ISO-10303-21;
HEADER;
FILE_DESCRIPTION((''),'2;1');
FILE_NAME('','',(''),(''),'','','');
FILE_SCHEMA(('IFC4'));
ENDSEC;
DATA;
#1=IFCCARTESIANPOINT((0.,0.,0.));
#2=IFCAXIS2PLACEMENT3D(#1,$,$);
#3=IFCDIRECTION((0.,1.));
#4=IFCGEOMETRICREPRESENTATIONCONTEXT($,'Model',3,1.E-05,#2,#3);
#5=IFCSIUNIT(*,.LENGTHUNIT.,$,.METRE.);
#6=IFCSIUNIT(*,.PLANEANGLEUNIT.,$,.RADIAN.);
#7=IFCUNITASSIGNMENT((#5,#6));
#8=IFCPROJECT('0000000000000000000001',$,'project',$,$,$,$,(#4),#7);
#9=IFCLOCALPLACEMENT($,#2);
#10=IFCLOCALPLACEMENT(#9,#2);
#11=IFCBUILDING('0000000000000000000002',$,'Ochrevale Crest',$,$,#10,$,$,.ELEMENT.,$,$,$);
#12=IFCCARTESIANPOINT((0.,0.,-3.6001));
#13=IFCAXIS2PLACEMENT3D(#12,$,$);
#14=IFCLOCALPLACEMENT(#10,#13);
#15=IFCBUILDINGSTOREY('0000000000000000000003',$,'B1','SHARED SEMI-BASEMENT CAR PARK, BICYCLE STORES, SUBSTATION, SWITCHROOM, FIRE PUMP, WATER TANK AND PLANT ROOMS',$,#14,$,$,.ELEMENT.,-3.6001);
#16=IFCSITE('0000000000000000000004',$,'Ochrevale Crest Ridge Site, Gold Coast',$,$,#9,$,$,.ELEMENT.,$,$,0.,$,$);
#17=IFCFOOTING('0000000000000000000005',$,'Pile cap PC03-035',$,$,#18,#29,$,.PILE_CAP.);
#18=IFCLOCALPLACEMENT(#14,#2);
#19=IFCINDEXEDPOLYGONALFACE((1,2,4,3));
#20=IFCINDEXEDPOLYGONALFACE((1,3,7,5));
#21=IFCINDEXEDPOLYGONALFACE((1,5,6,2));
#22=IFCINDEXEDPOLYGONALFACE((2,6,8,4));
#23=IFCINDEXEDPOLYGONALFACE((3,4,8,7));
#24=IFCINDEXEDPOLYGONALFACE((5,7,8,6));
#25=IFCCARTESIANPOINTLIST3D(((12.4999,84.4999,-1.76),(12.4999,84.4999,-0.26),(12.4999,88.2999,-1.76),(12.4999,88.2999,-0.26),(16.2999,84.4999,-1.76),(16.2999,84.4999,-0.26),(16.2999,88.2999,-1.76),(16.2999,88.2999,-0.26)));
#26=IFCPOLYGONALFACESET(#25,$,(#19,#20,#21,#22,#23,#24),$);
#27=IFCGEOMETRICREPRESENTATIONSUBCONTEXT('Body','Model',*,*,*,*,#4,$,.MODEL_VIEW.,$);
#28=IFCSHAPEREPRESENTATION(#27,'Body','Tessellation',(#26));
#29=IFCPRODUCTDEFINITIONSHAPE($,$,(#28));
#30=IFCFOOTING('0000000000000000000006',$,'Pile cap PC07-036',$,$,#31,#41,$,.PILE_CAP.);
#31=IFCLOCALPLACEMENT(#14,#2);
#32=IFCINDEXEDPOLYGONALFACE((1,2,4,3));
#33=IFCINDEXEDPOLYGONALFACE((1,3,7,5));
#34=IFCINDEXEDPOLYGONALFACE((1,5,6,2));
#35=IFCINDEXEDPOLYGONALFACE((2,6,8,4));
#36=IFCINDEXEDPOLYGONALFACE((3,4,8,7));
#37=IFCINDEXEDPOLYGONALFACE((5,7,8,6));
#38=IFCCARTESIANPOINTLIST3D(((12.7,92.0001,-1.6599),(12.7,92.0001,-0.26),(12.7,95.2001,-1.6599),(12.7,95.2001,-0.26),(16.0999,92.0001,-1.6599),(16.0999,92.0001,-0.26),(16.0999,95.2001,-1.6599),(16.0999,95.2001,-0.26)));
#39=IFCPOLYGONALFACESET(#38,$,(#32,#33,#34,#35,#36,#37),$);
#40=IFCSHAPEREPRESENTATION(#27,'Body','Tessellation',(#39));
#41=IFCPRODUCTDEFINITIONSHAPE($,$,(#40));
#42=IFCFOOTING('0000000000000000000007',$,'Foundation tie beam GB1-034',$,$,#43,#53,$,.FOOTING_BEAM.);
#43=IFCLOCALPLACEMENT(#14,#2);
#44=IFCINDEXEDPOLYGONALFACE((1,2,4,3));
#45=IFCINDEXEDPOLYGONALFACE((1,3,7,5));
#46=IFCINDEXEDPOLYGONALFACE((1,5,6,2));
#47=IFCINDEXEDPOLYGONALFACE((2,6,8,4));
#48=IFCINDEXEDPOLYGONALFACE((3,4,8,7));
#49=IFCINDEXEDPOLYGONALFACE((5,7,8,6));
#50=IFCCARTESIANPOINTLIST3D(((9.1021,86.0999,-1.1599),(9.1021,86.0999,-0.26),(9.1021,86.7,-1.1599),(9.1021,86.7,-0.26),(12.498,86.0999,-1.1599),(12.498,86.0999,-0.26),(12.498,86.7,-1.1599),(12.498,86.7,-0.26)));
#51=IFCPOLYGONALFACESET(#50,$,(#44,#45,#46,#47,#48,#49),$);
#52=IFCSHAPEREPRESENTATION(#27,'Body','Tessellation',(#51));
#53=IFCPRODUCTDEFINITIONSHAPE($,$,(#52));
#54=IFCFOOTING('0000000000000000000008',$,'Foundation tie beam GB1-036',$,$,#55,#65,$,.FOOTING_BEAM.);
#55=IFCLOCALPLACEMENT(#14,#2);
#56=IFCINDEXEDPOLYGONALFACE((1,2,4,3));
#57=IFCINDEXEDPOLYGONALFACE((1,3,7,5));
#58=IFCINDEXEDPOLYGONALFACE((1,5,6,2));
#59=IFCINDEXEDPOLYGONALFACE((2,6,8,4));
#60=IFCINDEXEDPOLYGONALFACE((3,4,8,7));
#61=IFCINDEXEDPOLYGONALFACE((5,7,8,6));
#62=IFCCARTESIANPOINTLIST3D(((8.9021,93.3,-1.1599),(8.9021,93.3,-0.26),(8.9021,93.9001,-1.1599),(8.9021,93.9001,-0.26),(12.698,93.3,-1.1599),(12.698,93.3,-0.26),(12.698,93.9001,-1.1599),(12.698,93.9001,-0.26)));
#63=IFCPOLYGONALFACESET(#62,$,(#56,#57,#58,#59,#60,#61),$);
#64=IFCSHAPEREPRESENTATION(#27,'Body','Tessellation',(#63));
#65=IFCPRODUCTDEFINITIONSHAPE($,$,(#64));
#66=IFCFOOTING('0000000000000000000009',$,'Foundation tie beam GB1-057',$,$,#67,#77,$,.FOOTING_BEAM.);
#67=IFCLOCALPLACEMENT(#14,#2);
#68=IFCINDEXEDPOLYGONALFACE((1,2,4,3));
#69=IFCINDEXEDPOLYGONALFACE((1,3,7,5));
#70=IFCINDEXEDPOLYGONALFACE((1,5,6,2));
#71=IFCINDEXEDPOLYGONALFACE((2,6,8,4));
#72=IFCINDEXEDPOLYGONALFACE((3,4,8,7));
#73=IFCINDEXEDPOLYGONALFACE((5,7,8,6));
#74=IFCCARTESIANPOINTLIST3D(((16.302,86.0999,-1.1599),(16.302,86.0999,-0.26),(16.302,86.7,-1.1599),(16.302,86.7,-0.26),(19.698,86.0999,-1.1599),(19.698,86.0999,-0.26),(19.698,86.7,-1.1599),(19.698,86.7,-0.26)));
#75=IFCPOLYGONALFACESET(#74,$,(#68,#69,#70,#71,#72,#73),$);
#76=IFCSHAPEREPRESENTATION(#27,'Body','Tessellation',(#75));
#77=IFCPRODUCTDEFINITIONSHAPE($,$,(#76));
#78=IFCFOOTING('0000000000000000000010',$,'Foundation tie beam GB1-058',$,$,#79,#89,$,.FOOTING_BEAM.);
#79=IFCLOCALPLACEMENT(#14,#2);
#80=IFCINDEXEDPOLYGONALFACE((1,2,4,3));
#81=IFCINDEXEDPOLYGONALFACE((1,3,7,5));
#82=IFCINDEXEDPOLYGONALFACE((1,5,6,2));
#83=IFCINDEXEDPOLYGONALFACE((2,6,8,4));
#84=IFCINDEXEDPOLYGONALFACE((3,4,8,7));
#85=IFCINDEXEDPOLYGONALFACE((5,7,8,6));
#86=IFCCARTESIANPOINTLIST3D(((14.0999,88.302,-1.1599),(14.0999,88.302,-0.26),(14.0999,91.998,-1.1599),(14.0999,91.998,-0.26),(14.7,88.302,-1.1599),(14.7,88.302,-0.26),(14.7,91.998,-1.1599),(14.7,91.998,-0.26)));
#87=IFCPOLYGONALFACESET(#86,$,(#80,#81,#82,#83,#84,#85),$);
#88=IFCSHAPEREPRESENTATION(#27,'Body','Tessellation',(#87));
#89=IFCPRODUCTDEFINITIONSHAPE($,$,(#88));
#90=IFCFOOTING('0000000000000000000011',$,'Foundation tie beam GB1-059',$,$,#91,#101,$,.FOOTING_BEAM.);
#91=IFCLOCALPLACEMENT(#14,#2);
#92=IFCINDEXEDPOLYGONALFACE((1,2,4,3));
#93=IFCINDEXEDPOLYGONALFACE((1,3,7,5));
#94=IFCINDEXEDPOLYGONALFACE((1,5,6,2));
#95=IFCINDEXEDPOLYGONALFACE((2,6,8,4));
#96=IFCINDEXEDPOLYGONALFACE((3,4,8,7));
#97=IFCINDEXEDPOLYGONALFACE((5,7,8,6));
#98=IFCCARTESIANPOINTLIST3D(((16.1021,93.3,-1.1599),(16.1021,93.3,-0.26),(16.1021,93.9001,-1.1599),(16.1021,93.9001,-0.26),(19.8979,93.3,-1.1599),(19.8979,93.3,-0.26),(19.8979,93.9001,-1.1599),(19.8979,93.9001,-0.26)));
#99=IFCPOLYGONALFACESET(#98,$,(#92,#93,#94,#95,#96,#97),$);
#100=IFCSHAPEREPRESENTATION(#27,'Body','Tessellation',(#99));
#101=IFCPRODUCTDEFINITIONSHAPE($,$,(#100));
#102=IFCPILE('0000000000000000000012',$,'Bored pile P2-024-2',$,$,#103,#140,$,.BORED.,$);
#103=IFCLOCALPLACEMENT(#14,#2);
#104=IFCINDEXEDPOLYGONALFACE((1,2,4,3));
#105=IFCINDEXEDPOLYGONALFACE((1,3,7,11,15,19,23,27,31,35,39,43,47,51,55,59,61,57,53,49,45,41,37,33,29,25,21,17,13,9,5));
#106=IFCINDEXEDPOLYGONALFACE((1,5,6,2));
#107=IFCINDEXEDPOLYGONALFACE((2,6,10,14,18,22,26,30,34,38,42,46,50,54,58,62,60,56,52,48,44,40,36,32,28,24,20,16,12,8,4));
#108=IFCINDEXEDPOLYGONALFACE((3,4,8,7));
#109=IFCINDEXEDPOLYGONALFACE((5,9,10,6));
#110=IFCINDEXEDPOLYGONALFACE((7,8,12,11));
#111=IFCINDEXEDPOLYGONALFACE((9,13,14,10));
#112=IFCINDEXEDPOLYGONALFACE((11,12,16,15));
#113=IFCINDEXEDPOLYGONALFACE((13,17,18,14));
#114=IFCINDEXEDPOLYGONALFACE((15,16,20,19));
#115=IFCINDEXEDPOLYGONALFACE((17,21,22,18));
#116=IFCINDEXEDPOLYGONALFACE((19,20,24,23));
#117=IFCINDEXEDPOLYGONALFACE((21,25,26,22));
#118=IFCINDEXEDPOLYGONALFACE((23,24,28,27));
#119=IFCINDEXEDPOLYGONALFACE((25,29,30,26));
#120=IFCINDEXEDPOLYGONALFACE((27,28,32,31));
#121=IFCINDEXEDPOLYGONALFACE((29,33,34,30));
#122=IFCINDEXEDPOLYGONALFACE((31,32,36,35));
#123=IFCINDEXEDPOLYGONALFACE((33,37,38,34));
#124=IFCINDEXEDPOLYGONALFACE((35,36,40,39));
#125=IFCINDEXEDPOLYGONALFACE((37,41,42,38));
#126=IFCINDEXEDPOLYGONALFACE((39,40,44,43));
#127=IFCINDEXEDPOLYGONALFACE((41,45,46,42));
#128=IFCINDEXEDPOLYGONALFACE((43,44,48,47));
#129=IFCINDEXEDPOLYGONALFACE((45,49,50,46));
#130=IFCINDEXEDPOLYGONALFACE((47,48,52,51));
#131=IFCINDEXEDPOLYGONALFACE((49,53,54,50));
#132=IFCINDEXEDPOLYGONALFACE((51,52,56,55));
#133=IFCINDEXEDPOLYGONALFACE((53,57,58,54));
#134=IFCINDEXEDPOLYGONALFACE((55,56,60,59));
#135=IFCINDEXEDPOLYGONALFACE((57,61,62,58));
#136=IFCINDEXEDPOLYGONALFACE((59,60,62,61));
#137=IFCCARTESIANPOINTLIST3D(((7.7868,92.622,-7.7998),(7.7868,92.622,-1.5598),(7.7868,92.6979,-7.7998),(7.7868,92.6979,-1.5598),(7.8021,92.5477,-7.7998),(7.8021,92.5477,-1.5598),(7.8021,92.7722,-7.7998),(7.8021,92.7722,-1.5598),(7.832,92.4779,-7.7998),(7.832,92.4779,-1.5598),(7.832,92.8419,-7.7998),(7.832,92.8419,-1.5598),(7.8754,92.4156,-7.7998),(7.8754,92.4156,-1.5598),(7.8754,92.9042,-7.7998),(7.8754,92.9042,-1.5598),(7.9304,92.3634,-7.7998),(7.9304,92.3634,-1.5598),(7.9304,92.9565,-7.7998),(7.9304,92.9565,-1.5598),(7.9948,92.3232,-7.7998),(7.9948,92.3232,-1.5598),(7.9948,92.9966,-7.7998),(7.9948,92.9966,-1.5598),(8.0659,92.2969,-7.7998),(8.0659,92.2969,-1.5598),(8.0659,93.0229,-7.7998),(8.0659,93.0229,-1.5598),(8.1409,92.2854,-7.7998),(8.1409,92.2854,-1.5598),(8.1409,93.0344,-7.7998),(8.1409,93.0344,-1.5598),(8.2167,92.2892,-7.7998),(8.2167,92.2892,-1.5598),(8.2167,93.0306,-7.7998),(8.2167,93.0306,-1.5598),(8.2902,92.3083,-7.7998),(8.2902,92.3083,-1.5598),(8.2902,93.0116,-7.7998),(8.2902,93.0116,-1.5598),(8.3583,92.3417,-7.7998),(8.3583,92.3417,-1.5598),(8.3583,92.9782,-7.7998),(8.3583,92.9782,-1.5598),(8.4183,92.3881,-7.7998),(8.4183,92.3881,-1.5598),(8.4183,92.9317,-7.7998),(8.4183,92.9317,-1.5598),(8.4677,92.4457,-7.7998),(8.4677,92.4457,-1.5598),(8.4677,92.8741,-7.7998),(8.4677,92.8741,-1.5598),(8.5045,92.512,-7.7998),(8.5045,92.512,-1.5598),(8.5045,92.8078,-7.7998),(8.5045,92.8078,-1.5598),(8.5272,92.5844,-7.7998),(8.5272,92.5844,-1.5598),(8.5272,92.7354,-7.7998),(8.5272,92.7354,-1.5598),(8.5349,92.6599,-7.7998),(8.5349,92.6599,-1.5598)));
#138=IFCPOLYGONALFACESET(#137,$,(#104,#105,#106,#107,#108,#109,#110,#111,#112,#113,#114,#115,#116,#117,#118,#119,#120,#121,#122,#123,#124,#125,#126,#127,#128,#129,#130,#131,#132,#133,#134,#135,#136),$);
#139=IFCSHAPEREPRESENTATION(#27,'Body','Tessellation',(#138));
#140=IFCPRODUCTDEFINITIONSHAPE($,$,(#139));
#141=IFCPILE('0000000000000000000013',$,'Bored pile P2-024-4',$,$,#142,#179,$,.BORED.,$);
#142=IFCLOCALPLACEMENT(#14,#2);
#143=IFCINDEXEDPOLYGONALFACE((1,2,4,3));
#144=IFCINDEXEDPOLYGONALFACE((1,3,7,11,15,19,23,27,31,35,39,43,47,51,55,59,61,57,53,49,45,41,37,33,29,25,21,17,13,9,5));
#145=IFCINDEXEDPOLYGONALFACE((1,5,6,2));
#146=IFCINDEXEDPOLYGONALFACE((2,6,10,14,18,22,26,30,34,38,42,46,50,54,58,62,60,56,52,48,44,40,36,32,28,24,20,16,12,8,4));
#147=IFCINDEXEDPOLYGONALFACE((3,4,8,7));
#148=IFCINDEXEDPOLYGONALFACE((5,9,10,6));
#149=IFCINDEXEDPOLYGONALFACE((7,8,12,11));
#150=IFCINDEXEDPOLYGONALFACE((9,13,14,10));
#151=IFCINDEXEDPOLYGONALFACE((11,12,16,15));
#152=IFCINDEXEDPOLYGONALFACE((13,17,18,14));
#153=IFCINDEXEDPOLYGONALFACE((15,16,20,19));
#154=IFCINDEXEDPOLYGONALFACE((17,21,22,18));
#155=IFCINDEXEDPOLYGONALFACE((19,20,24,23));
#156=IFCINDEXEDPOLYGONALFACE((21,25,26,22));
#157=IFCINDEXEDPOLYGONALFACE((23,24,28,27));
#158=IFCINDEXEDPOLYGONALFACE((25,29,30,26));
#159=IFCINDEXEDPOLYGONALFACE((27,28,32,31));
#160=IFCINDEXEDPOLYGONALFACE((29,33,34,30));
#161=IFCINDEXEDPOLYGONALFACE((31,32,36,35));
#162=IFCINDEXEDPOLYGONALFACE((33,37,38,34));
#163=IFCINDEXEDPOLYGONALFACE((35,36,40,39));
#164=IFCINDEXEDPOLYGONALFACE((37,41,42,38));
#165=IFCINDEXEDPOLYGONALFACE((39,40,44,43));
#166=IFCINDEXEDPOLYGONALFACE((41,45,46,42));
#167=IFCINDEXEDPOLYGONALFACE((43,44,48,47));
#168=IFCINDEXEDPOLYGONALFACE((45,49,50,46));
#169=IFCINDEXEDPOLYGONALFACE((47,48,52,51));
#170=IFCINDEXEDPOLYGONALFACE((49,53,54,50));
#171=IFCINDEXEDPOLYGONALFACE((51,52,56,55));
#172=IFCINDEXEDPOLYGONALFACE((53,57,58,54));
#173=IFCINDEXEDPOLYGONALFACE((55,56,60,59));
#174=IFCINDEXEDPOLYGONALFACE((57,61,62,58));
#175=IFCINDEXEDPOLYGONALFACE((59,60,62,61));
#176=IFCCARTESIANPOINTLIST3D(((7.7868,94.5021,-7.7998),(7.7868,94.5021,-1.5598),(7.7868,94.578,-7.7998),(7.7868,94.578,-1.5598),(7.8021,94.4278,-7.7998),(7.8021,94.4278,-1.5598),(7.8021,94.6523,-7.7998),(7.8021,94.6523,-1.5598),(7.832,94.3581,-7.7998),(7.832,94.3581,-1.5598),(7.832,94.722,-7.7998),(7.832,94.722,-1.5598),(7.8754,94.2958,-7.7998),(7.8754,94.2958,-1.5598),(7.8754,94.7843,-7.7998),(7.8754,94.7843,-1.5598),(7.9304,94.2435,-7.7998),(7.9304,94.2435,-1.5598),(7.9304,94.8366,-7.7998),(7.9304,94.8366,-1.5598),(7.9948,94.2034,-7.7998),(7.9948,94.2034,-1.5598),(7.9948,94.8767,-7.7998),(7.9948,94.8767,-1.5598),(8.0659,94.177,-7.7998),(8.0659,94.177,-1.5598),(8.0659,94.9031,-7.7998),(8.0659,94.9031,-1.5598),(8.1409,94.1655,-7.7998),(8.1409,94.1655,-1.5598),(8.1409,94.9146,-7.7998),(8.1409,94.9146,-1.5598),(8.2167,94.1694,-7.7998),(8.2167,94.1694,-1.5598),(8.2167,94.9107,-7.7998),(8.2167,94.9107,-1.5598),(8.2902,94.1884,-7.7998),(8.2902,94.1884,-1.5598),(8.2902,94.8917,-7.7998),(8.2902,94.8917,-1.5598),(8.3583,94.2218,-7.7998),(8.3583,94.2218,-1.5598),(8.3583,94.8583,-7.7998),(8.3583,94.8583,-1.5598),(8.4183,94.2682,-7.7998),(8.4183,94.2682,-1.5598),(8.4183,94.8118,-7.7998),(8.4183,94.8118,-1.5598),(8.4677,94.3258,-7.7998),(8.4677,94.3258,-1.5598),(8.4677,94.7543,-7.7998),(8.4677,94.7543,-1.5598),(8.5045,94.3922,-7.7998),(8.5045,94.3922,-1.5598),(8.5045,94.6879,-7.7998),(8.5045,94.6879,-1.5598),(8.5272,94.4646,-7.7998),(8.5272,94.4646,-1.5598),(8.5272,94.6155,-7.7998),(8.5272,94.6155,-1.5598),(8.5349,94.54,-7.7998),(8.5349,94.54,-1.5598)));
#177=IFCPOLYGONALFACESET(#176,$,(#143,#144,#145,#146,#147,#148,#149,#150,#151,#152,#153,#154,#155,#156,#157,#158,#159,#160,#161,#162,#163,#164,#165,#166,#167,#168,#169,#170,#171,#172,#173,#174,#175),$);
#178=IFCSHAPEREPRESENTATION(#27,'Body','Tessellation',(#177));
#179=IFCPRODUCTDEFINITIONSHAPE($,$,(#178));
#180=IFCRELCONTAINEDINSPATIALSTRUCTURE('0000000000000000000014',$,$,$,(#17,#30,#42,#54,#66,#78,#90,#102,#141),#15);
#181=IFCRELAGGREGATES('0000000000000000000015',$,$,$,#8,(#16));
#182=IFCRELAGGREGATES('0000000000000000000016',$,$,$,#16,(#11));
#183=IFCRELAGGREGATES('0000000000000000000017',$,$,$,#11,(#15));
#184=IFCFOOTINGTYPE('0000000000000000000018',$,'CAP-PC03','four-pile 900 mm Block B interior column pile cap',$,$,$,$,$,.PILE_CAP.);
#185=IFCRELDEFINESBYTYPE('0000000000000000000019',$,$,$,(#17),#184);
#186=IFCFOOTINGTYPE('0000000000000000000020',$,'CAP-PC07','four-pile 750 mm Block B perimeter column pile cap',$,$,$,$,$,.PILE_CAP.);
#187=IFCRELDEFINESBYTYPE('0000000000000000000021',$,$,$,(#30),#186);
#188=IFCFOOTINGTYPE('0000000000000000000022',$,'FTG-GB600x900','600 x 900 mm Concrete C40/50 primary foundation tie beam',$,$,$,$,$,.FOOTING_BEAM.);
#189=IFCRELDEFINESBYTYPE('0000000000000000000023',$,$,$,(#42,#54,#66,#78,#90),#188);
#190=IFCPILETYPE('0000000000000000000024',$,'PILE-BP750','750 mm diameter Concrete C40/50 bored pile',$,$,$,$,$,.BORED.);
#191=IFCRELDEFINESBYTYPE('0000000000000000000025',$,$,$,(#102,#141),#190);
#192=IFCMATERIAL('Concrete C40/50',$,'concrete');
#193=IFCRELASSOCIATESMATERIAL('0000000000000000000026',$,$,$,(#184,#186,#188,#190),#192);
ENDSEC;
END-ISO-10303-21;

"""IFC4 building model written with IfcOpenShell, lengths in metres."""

from ifc_helpers import new_model, si_unit, direction, frame, origin, origin_2d, place, context, subcontext, project, spatial, rectangle, circle, extrude, material, material_profile, profile_set, type_object, element, save


model = new_model("IFC4")

# Units and contexts
model_context = context("Model", 3, precision=1e-05, world=origin(), true_north=direction((0.0, 1.0)))
body_context = subcontext(model_context, "Body", "Model", "MODEL_VIEW")
ifc_project = project(units=[si_unit("LENGTHUNIT", "METRE"), si_unit("PLANEANGLEUNIT", "RADIAN")], contexts=[model_context])

# Site, building, storey
site_placement = place(None, origin())
site = spatial("IfcSite", under=ifc_project, at=site_placement, Name="Ochrevale Crest Ridge Site, Gold Coast", CompositionType="ELEMENT", RefElevation=0.0)
building_placement = place(site_placement, origin())
building = spatial("IfcBuilding", under=site, at=building_placement, Name="Ochrevale Crest", CompositionType="ELEMENT")
storey_placement = place(building_placement, frame((0.0, 0.0, -3.6001)))
storey = spatial("IfcBuildingStorey", under=building, at=storey_placement, Name="B1", Description="SHARED SEMI-BASEMENT CAR PARK, BICYCLE STORES, SUBSTATION, SWITCHROOM, FIRE PUMP, WATER TANK AND PLANT ROOMS", CompositionType="ELEMENT", Elevation=-3.6001)

# Footings
ifc_material_1 = material(Name="Concrete C40/50", Category="concrete")
footing_type_1 = type_object("IfcFootingType", Name="CAP-PC03", Description="four-pile 900 mm Block B interior column pile cap", PredefinedType="PILE_CAP", material=ifc_material_1)
footing_1_placement = place(storey_placement, frame((14.3999, 86.3999, -1.76), z_axis=(0.0, 0.0, 1.0), x_axis=(1.0, 0.0, 0.0)))
element("IfcFooting", 1, at=footing_1_placement, inside=storey, type_object=footing_type_1, Name="Pile cap PC03-035", PredefinedType="PILE_CAP", context=body_context, shape_type="SweptSolid", body=[
    extrude(rectangle(XDim=3.8, YDim=3.8, at=origin_2d()), origin(), (0.0, 0.0, 1.0), 1.5),
])
footing_type_2 = type_object("IfcFootingType", Name="CAP-PC07", Description="four-pile 750 mm Block B perimeter column pile cap", PredefinedType="PILE_CAP", material=ifc_material_1)
footing_2_placement = place(storey_placement, frame((14.3999, 93.6001, -1.6599), z_axis=(0.0, 0.0, 1.0), x_axis=(1.0, 0.0, 0.0)))
element("IfcFooting", 2, at=footing_2_placement, inside=storey, type_object=footing_type_2, Name="Pile cap PC07-036", PredefinedType="PILE_CAP", context=body_context, shape_type="SweptSolid", body=[
    extrude(rectangle(XDim=3.3999, YDim=3.2, at=origin_2d()), origin(), (0.0, 0.0, 1.0), 1.3999),
])
ifc_material_profile_1 = material_profile(ifc_material_1, rectangle(XDim=0.6001, YDim=0.8999, at=origin_2d()), Name="GB 600x900")
ifc_profile_set_1 = profile_set([ifc_material_profile_1], Name="Concrete C40/50")
footing_type_3 = type_object("IfcFootingType", Name="FTG-GB600x900", Description="600 x 900 mm Concrete C40/50 primary foundation tie beam", PredefinedType="FOOTING_BEAM", material=ifc_profile_set_1)
footing_3_placement = place(storey_placement, frame((9.1021, 86.3999, -0.71), z_axis=(1.0, 0.0, 0.0), x_axis=(0.0, 1.0, 0.0)))
element("IfcFooting", 3, at=footing_3_placement, inside=storey, type_object=footing_type_3, Name="Foundation tie beam GB1-034", PredefinedType="FOOTING_BEAM", context=body_context, shape_type="SweptSolid", body=[
    extrude(rectangle(XDim=0.6001, YDim=0.8999, at=origin_2d()), origin(), (0.0, 0.0, 1.0), 3.396),
])
footing_4_placement = place(storey_placement, frame((8.9021, 93.6001, -0.71), z_axis=(1.0, 0.0, 0.0), x_axis=(0.0, 1.0, 0.0)))
element("IfcFooting", 4, at=footing_4_placement, inside=storey, type_object=footing_type_3, Name="Foundation tie beam GB1-036", PredefinedType="FOOTING_BEAM", context=body_context, shape_type="SweptSolid", body=[
    extrude(rectangle(XDim=0.6001, YDim=0.8999, at=origin_2d()), origin(), (0.0, 0.0, 1.0), 3.7959),
])
footing_5_placement = place(storey_placement, frame((16.302, 86.3999, -0.71), z_axis=(1.0, 0.0, 0.0), x_axis=(0.0, 1.0, 0.0)))
element("IfcFooting", 5, at=footing_5_placement, inside=storey, type_object=footing_type_3, Name="Foundation tie beam GB1-057", PredefinedType="FOOTING_BEAM", context=body_context, shape_type="SweptSolid", body=[
    extrude(rectangle(XDim=0.6001, YDim=0.8999, at=origin_2d()), origin(), (0.0, 0.0, 1.0), 3.396),
])
footing_6_placement = place(storey_placement, frame((14.3999, 88.302, -0.71), z_axis=(0.0, 1.0, 0.0), x_axis=(-1.0, 0.0, 0.0)))
element("IfcFooting", 6, at=footing_6_placement, inside=storey, type_object=footing_type_3, Name="Foundation tie beam GB1-058", PredefinedType="FOOTING_BEAM", context=body_context, shape_type="SweptSolid", body=[
    extrude(rectangle(XDim=0.6001, YDim=0.8999, at=origin_2d()), origin(), (0.0, 0.0, 1.0), 3.696),
])
footing_7_placement = place(storey_placement, frame((16.1021, 93.6001, -0.71), z_axis=(1.0, 0.0, 0.0), x_axis=(0.0, 1.0, 0.0)))
element("IfcFooting", 7, at=footing_7_placement, inside=storey, type_object=footing_type_3, Name="Foundation tie beam GB1-059", PredefinedType="FOOTING_BEAM", context=body_context, shape_type="SweptSolid", body=[
    extrude(rectangle(XDim=0.6001, YDim=0.8999, at=origin_2d()), origin(), (0.0, 0.0, 1.0), 3.7959),
])

# Piles
ifc_material_profile_2 = material_profile(ifc_material_1, circle(Radius=0.375, at=origin_2d()), Name="BORED PILE 750")
ifc_profile_set_2 = profile_set([ifc_material_profile_2], Name="Concrete C40/50")
pile_type_1 = type_object("IfcPileType", Name="PILE-BP750", Description="750 mm diameter Concrete C40/50 bored pile", PredefinedType="BORED", material=ifc_profile_set_2)
for number, where, z_axis, x_axis, name in (
    (8, (8.1599, 92.6599, -1.5598), (0.0, 0.0, -1.0), (1.0, 0.0, 0.0), "Bored pile P2-024-2"),
    (9, (8.1599, 94.54, -1.5598), (0.0, 0.0, -1.0), (1.0, 0.0, 0.0), "Bored pile P2-024-4"),
):
    element("IfcPile", number, at=place(storey_placement, frame(where, z_axis=z_axis, x_axis=x_axis)), inside=storey, type_object=pile_type_1, Name=name, PredefinedType="BORED", context=body_context, shape_type="SweptSolid", body=[
        extrude(circle(Radius=0.375, at=origin_2d()), origin(), (0.0, 0.0, 1.0), 6.24),
    ])

save(model, "model.ifc")
